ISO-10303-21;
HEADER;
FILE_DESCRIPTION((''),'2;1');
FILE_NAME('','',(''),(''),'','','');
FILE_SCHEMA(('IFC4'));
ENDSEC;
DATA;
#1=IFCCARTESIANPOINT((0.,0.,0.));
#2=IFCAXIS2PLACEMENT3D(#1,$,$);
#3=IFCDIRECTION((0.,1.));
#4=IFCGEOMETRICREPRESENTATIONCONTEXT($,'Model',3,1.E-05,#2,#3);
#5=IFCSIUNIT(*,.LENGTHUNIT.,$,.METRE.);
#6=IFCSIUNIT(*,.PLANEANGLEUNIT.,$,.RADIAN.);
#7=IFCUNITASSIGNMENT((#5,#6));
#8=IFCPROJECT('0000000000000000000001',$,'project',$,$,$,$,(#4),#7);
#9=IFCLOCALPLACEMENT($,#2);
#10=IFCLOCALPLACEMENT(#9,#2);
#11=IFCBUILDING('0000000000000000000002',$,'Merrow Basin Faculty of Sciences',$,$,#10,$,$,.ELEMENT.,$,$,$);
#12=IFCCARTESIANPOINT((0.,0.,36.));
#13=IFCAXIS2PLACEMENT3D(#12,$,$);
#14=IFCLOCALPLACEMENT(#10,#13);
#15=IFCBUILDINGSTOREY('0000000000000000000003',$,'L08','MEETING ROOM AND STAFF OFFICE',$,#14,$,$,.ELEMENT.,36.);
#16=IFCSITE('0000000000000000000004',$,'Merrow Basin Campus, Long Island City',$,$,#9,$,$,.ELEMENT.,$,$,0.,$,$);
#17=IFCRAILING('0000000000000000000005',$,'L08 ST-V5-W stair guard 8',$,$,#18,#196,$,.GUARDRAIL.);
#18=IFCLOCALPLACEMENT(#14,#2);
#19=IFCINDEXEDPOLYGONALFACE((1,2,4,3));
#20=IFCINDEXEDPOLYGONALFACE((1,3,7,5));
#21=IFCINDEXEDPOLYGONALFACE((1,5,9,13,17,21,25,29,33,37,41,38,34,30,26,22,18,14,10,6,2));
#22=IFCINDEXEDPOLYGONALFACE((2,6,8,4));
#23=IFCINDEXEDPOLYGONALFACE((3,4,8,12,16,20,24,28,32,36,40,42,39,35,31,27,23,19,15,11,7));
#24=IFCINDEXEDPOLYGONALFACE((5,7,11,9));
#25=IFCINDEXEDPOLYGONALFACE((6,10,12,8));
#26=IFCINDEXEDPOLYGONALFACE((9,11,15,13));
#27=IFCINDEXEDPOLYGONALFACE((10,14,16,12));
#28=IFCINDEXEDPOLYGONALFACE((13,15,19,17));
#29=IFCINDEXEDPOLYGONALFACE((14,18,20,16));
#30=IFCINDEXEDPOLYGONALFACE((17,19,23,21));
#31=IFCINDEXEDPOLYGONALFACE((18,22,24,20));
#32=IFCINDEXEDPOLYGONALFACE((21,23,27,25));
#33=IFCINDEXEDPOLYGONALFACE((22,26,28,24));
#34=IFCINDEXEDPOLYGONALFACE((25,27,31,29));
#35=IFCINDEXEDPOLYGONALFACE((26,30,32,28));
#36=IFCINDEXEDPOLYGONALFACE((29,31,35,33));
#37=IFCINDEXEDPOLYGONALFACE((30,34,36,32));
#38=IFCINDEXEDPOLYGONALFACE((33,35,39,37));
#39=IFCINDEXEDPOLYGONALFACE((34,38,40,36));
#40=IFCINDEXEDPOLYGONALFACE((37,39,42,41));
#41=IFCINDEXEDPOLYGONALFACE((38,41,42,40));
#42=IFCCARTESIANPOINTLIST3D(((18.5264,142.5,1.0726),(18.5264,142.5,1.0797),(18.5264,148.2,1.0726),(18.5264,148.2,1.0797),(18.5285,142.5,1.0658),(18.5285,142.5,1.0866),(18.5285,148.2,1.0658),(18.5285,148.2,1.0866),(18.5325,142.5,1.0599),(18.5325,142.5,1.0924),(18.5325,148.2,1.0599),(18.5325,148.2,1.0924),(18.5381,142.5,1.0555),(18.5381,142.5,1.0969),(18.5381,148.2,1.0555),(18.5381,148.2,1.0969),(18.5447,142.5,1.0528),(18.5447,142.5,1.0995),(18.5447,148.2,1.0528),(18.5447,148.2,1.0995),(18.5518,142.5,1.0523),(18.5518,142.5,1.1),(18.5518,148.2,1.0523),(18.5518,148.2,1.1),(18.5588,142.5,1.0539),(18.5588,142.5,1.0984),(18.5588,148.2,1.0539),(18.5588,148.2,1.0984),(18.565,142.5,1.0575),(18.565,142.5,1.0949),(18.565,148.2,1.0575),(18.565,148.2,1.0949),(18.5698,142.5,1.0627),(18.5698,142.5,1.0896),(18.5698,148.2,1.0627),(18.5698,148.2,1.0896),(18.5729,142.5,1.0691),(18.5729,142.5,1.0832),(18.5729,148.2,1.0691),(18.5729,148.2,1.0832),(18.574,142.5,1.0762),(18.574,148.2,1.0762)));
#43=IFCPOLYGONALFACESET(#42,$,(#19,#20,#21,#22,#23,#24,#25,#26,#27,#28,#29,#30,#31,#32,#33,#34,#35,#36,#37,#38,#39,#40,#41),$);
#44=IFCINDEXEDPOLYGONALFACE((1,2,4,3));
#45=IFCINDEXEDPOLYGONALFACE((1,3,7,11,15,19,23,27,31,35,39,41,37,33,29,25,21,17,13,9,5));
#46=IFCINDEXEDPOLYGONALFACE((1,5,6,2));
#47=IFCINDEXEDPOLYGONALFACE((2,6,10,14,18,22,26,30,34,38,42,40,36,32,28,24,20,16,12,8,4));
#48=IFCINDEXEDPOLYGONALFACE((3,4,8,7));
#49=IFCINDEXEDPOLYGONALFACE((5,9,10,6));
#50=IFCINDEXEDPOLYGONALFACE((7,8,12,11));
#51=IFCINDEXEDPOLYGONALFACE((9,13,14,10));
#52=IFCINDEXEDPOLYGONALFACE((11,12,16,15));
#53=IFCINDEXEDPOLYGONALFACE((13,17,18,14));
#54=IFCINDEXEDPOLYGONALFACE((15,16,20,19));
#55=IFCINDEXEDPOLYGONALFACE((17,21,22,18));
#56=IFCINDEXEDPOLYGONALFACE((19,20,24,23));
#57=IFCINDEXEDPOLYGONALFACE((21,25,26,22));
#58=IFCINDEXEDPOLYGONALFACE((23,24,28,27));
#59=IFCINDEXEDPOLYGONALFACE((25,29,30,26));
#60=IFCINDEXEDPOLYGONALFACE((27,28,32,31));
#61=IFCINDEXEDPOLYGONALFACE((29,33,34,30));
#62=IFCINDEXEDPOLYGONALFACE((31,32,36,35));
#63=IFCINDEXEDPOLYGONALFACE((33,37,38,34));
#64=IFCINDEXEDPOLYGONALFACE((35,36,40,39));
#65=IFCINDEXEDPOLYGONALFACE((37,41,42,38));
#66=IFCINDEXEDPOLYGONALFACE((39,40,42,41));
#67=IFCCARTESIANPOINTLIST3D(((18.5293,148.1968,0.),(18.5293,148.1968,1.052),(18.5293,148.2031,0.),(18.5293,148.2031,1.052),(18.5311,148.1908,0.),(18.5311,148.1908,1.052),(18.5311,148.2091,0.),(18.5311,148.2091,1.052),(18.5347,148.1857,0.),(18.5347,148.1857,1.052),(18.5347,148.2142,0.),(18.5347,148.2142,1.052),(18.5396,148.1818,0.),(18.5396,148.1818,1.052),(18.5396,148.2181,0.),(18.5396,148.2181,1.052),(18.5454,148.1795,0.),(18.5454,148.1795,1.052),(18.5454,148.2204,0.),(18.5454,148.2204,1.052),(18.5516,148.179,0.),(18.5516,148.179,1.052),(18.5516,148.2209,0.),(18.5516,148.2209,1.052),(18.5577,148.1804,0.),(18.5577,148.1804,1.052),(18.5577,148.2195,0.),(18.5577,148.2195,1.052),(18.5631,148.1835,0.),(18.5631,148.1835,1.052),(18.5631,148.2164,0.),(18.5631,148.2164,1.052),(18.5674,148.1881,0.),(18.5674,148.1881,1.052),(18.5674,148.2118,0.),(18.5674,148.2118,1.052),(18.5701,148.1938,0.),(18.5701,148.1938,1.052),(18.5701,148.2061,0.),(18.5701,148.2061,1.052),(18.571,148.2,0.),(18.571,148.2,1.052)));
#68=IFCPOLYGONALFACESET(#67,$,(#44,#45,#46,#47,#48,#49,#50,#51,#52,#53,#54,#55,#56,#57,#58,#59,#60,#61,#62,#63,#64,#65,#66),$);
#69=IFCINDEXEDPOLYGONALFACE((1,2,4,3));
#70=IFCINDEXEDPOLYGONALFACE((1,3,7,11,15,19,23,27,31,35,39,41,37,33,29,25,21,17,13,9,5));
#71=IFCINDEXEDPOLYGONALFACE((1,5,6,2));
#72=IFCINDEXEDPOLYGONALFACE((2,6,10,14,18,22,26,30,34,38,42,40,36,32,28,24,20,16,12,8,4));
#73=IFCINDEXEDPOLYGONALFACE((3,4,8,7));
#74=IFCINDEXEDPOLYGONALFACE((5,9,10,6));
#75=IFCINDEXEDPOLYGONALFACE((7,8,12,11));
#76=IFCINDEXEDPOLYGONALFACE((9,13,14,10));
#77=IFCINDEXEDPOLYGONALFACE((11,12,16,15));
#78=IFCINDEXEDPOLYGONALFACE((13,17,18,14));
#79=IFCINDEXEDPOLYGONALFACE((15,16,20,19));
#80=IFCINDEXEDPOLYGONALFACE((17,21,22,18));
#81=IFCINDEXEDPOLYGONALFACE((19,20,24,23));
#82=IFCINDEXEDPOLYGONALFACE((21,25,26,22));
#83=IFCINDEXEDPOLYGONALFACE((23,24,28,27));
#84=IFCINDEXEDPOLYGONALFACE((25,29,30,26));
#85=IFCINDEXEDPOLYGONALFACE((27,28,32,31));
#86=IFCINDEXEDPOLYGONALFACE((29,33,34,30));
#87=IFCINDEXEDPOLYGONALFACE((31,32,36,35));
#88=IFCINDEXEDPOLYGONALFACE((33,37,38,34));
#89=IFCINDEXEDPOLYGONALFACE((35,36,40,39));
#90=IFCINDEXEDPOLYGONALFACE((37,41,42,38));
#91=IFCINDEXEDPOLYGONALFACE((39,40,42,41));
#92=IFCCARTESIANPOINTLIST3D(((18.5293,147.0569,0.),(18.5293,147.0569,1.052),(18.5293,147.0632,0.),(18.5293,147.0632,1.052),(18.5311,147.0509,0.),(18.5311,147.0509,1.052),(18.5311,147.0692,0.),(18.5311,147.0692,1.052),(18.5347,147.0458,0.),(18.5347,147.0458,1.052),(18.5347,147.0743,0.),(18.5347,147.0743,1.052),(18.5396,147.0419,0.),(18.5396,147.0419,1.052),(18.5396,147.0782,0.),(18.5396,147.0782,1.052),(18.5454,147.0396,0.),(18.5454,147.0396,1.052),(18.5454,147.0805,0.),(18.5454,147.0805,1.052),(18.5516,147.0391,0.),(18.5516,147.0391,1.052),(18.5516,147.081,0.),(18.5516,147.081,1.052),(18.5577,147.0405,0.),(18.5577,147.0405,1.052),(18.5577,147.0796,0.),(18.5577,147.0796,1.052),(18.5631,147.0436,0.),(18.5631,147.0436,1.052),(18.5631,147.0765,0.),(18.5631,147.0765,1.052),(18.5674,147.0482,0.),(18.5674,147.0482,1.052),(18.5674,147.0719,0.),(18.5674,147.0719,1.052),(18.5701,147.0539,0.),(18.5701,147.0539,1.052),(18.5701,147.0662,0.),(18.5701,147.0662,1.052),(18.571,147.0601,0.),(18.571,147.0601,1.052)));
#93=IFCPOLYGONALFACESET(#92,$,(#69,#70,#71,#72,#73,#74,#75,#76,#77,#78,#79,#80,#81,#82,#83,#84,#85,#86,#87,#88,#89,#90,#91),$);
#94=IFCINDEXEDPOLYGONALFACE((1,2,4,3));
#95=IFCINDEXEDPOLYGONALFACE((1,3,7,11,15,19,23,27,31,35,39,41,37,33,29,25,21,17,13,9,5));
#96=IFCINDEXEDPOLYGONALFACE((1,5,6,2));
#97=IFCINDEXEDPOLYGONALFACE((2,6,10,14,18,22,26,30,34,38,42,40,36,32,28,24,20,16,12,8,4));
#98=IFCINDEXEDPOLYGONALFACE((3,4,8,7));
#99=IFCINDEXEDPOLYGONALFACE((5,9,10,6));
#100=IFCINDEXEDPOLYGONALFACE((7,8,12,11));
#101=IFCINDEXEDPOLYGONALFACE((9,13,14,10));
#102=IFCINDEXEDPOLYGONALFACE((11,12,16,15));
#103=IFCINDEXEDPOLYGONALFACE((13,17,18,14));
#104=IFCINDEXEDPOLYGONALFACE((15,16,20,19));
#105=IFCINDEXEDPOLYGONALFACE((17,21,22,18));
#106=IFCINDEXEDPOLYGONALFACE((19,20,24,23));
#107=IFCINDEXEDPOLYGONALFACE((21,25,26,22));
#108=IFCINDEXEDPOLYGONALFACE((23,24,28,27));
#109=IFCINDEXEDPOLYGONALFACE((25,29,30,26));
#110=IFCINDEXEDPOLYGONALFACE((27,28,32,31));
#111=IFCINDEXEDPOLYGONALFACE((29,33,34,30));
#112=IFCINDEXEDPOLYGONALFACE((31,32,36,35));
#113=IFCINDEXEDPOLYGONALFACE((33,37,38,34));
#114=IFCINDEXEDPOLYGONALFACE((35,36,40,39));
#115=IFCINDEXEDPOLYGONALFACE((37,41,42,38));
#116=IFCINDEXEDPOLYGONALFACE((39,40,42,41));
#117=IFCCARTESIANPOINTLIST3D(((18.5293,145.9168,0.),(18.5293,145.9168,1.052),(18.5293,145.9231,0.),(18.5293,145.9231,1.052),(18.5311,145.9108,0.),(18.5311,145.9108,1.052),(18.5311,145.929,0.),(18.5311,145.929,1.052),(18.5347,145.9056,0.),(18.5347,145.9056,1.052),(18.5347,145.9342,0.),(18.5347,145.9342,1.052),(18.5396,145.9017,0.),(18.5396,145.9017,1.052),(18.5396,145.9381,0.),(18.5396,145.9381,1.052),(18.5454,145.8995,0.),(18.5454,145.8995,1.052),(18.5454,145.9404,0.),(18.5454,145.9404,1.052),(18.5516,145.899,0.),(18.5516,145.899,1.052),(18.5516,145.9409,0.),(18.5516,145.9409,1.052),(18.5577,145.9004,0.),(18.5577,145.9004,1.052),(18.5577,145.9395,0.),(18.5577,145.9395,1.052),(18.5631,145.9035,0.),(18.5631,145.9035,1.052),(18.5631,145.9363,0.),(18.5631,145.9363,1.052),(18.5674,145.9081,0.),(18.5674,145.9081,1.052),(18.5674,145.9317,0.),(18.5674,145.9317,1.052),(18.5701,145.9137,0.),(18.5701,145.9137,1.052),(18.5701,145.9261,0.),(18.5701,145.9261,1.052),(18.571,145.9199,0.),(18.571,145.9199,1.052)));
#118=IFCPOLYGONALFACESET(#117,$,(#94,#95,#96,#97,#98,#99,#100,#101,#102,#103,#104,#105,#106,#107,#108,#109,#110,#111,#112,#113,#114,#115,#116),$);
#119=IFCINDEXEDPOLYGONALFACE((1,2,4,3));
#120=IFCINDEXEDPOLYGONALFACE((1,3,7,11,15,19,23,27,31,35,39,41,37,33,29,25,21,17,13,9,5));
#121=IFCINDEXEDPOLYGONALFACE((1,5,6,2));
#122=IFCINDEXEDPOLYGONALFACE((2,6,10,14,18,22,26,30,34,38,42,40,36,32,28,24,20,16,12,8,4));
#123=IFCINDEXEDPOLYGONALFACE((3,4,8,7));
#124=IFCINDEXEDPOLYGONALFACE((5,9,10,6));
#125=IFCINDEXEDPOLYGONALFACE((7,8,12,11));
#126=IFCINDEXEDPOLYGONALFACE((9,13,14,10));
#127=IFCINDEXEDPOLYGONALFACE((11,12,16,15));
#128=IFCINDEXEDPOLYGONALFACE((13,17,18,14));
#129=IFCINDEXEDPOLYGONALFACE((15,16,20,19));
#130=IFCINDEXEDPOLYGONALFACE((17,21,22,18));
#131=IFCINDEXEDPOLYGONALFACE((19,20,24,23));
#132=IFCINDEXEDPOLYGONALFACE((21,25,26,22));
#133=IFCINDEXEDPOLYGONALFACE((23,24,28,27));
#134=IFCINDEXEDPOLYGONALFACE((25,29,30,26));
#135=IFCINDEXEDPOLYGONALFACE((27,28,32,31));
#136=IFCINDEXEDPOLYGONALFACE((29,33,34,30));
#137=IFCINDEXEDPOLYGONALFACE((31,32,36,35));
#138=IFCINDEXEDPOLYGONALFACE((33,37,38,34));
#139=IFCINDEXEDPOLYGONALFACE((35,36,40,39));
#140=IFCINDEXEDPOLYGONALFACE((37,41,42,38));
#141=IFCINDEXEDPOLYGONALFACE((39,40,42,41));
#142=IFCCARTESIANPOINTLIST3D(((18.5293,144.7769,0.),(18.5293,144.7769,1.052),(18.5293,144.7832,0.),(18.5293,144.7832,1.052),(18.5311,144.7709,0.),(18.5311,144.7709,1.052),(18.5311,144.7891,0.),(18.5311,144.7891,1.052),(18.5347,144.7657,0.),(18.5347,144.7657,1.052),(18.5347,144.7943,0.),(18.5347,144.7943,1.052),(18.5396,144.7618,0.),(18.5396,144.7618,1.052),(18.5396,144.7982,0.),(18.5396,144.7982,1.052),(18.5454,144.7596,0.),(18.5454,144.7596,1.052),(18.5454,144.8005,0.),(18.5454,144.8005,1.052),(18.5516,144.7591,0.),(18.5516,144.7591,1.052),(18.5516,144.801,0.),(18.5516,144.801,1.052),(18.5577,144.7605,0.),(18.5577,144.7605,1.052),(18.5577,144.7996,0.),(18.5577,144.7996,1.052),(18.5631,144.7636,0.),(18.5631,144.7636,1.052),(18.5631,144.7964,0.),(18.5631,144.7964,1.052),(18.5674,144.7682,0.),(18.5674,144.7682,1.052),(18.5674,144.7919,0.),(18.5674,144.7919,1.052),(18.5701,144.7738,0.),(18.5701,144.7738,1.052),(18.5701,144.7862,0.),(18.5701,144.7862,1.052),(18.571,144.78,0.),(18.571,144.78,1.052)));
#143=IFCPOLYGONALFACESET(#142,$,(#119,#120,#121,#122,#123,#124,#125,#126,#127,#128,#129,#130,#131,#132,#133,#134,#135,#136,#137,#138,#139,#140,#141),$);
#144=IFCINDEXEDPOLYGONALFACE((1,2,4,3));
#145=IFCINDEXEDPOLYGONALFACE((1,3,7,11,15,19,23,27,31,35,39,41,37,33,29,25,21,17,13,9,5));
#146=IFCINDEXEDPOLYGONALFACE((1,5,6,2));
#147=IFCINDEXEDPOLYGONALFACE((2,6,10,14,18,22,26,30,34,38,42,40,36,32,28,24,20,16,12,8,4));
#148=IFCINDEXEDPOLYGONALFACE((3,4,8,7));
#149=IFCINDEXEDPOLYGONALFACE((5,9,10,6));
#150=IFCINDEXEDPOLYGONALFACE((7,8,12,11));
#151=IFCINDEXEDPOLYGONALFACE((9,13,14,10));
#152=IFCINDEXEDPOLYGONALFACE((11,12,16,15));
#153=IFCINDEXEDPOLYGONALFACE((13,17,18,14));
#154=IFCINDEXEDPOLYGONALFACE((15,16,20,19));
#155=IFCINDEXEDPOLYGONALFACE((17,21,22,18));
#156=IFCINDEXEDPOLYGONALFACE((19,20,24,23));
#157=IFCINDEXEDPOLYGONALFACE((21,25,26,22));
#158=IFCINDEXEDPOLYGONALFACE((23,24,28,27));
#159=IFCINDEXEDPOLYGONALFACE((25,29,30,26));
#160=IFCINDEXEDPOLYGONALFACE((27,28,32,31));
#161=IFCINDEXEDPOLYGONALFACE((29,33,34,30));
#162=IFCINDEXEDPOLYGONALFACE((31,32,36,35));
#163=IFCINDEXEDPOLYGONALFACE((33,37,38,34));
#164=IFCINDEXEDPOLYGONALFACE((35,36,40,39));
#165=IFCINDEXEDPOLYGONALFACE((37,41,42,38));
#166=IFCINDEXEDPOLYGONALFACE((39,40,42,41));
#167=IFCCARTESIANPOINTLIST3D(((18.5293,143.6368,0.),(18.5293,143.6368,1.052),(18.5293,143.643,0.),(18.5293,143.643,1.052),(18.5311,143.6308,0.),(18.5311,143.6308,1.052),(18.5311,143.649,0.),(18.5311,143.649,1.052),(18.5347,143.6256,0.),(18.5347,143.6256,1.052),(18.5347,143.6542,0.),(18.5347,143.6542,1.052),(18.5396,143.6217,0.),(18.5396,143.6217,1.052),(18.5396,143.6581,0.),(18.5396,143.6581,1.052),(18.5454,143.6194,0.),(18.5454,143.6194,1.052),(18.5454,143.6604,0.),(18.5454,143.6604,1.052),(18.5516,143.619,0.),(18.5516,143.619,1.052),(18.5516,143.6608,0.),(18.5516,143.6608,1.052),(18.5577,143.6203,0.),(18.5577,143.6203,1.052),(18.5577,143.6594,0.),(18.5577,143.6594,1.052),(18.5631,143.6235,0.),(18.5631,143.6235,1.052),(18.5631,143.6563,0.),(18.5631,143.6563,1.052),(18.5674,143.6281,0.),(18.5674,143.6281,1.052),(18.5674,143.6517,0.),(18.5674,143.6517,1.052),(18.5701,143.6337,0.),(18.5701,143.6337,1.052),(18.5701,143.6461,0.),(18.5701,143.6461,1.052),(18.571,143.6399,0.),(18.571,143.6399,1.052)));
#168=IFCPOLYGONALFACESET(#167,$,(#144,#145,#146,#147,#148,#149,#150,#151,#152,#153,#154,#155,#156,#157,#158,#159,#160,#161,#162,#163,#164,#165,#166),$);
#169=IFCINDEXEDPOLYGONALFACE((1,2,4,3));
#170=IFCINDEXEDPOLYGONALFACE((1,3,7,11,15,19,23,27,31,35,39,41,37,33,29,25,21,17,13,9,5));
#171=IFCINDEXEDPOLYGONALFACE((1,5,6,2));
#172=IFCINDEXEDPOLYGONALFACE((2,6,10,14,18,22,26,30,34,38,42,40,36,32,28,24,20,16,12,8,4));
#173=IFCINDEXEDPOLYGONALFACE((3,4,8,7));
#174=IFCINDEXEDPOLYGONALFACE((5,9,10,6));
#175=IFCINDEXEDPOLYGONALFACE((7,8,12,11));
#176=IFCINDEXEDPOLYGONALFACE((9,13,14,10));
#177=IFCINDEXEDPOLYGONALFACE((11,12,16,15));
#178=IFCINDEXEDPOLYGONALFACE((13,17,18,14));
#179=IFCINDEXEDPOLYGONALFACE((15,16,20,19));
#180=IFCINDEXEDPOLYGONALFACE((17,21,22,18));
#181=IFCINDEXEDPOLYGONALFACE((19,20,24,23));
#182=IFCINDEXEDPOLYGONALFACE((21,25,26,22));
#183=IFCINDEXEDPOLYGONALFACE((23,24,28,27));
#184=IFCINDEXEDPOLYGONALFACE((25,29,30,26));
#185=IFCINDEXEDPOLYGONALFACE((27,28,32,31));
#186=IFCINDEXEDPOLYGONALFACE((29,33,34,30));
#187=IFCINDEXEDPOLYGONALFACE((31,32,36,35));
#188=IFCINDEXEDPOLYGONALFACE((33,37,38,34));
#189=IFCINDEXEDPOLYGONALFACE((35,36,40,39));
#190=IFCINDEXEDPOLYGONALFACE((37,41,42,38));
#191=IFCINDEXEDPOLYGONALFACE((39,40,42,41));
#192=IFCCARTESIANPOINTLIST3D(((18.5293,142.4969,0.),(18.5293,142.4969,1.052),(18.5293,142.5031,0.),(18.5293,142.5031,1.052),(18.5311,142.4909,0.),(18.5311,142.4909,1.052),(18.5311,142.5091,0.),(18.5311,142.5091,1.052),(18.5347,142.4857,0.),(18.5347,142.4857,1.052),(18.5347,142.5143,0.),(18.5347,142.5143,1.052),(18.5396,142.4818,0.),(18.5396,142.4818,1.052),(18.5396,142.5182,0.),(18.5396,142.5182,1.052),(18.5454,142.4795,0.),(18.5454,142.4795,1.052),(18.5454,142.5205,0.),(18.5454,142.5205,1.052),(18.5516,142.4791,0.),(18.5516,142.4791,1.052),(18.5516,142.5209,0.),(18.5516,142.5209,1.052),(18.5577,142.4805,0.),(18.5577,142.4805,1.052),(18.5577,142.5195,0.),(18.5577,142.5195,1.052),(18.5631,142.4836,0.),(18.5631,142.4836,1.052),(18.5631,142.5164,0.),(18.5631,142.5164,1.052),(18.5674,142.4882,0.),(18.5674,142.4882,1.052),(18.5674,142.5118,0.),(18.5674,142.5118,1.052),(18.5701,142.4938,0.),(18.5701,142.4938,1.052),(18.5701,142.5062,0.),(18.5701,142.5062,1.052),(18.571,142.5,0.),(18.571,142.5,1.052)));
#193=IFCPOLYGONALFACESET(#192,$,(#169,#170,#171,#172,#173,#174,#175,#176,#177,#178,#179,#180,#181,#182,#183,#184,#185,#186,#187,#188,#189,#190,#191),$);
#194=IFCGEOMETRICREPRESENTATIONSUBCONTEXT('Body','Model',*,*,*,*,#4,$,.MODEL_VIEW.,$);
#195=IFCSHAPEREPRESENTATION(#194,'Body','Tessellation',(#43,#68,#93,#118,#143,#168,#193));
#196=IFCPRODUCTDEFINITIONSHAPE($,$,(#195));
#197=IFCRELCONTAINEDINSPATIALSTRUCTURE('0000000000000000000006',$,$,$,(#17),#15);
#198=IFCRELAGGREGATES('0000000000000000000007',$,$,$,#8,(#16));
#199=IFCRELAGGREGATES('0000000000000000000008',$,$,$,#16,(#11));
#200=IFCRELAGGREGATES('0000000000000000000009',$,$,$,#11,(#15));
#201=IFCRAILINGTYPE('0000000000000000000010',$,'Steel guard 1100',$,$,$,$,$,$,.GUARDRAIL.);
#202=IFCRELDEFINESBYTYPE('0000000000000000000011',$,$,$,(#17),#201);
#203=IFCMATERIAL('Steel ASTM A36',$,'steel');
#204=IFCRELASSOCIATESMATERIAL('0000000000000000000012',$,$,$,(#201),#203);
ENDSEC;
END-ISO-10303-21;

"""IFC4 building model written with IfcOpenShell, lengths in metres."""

from ifc_helpers import new_model, si_unit, direction, frame, origin, origin_2d, place, context, subcontext, project, spatial, circle, extrude, material, type_object, element, save


model = new_model("IFC4")

# Units and contexts
model_context = context("Model", 3, precision=1e-05, world=origin(), true_north=direction((0.0, 1.0)))
body_context = subcontext(model_context, "Body", "Model", "MODEL_VIEW")
ifc_project = project(units=[si_unit("LENGTHUNIT", "METRE"), si_unit("PLANEANGLEUNIT", "RADIAN")], contexts=[model_context])

# Site, building, storey
site_placement = place(None, origin())
site = spatial("IfcSite", under=ifc_project, at=site_placement, Name="Merrow Basin Campus, Long Island City", CompositionType="ELEMENT", RefElevation=0.0)
building_placement = place(site_placement, origin())
building = spatial("IfcBuilding", under=site, at=building_placement, Name="Merrow Basin Faculty of Sciences", CompositionType="ELEMENT")
storey_placement = place(building_placement, frame((0.0, 0.0, 36.0)))
storey = spatial("IfcBuildingStorey", under=building, at=storey_placement, Name="L08", Description="MEETING ROOM AND STAFF OFFICE", CompositionType="ELEMENT", Elevation=36.0)

# Railing
ifc_material_1 = material(Name="Steel ASTM A36", Category="steel")
railing_type_1 = type_object("IfcRailingType", Name="Steel guard 1100", PredefinedType="GUARDRAIL", material=ifc_material_1)
railing_1_placement = place(storey_placement, frame((18.55, 148.2, 0.0)))
element("IfcRailing", 1, at=railing_1_placement, inside=storey, type_object=railing_type_1, Name="L08 ST-V5-W stair guard 8", PredefinedType="GUARDRAIL", context=body_context, shape_type="SweptSolid", body=[
    extrude(circle(Radius=0.0239, at=origin_2d()), frame((0.0, 0.0, 1.0762), z_axis=(0.0, -1.0, 0.0), x_axis=(1.0, 0.0, 0.0)), (0.0, 0.0, 1.0), 5.7),
    extrude(circle(Radius=0.021, at=origin_2d()), origin(), (0.0, 0.0, 1.0), 1.052),
    extrude(circle(Radius=0.021, at=origin_2d()), frame((0.0, -1.1399, 0.0)), (0.0, 0.0, 1.0), 1.052),
    extrude(circle(Radius=0.021, at=origin_2d()), frame((0.0, -2.28, 0.0)), (0.0, 0.0, 1.0), 1.052),
    extrude(circle(Radius=0.021, at=origin_2d()), frame((0.0, -3.4199, 0.0)), (0.0, 0.0, 1.0), 1.052),
    extrude(circle(Radius=0.021, at=origin_2d()), frame((0.0, -4.5601, 0.0)), (0.0, 0.0, 1.0), 1.052),
    extrude(circle(Radius=0.021, at=origin_2d()), frame((0.0, -5.7, 0.0)), (0.0, 0.0, 1.0), 1.052),
])

save(model, "model.ifc")
